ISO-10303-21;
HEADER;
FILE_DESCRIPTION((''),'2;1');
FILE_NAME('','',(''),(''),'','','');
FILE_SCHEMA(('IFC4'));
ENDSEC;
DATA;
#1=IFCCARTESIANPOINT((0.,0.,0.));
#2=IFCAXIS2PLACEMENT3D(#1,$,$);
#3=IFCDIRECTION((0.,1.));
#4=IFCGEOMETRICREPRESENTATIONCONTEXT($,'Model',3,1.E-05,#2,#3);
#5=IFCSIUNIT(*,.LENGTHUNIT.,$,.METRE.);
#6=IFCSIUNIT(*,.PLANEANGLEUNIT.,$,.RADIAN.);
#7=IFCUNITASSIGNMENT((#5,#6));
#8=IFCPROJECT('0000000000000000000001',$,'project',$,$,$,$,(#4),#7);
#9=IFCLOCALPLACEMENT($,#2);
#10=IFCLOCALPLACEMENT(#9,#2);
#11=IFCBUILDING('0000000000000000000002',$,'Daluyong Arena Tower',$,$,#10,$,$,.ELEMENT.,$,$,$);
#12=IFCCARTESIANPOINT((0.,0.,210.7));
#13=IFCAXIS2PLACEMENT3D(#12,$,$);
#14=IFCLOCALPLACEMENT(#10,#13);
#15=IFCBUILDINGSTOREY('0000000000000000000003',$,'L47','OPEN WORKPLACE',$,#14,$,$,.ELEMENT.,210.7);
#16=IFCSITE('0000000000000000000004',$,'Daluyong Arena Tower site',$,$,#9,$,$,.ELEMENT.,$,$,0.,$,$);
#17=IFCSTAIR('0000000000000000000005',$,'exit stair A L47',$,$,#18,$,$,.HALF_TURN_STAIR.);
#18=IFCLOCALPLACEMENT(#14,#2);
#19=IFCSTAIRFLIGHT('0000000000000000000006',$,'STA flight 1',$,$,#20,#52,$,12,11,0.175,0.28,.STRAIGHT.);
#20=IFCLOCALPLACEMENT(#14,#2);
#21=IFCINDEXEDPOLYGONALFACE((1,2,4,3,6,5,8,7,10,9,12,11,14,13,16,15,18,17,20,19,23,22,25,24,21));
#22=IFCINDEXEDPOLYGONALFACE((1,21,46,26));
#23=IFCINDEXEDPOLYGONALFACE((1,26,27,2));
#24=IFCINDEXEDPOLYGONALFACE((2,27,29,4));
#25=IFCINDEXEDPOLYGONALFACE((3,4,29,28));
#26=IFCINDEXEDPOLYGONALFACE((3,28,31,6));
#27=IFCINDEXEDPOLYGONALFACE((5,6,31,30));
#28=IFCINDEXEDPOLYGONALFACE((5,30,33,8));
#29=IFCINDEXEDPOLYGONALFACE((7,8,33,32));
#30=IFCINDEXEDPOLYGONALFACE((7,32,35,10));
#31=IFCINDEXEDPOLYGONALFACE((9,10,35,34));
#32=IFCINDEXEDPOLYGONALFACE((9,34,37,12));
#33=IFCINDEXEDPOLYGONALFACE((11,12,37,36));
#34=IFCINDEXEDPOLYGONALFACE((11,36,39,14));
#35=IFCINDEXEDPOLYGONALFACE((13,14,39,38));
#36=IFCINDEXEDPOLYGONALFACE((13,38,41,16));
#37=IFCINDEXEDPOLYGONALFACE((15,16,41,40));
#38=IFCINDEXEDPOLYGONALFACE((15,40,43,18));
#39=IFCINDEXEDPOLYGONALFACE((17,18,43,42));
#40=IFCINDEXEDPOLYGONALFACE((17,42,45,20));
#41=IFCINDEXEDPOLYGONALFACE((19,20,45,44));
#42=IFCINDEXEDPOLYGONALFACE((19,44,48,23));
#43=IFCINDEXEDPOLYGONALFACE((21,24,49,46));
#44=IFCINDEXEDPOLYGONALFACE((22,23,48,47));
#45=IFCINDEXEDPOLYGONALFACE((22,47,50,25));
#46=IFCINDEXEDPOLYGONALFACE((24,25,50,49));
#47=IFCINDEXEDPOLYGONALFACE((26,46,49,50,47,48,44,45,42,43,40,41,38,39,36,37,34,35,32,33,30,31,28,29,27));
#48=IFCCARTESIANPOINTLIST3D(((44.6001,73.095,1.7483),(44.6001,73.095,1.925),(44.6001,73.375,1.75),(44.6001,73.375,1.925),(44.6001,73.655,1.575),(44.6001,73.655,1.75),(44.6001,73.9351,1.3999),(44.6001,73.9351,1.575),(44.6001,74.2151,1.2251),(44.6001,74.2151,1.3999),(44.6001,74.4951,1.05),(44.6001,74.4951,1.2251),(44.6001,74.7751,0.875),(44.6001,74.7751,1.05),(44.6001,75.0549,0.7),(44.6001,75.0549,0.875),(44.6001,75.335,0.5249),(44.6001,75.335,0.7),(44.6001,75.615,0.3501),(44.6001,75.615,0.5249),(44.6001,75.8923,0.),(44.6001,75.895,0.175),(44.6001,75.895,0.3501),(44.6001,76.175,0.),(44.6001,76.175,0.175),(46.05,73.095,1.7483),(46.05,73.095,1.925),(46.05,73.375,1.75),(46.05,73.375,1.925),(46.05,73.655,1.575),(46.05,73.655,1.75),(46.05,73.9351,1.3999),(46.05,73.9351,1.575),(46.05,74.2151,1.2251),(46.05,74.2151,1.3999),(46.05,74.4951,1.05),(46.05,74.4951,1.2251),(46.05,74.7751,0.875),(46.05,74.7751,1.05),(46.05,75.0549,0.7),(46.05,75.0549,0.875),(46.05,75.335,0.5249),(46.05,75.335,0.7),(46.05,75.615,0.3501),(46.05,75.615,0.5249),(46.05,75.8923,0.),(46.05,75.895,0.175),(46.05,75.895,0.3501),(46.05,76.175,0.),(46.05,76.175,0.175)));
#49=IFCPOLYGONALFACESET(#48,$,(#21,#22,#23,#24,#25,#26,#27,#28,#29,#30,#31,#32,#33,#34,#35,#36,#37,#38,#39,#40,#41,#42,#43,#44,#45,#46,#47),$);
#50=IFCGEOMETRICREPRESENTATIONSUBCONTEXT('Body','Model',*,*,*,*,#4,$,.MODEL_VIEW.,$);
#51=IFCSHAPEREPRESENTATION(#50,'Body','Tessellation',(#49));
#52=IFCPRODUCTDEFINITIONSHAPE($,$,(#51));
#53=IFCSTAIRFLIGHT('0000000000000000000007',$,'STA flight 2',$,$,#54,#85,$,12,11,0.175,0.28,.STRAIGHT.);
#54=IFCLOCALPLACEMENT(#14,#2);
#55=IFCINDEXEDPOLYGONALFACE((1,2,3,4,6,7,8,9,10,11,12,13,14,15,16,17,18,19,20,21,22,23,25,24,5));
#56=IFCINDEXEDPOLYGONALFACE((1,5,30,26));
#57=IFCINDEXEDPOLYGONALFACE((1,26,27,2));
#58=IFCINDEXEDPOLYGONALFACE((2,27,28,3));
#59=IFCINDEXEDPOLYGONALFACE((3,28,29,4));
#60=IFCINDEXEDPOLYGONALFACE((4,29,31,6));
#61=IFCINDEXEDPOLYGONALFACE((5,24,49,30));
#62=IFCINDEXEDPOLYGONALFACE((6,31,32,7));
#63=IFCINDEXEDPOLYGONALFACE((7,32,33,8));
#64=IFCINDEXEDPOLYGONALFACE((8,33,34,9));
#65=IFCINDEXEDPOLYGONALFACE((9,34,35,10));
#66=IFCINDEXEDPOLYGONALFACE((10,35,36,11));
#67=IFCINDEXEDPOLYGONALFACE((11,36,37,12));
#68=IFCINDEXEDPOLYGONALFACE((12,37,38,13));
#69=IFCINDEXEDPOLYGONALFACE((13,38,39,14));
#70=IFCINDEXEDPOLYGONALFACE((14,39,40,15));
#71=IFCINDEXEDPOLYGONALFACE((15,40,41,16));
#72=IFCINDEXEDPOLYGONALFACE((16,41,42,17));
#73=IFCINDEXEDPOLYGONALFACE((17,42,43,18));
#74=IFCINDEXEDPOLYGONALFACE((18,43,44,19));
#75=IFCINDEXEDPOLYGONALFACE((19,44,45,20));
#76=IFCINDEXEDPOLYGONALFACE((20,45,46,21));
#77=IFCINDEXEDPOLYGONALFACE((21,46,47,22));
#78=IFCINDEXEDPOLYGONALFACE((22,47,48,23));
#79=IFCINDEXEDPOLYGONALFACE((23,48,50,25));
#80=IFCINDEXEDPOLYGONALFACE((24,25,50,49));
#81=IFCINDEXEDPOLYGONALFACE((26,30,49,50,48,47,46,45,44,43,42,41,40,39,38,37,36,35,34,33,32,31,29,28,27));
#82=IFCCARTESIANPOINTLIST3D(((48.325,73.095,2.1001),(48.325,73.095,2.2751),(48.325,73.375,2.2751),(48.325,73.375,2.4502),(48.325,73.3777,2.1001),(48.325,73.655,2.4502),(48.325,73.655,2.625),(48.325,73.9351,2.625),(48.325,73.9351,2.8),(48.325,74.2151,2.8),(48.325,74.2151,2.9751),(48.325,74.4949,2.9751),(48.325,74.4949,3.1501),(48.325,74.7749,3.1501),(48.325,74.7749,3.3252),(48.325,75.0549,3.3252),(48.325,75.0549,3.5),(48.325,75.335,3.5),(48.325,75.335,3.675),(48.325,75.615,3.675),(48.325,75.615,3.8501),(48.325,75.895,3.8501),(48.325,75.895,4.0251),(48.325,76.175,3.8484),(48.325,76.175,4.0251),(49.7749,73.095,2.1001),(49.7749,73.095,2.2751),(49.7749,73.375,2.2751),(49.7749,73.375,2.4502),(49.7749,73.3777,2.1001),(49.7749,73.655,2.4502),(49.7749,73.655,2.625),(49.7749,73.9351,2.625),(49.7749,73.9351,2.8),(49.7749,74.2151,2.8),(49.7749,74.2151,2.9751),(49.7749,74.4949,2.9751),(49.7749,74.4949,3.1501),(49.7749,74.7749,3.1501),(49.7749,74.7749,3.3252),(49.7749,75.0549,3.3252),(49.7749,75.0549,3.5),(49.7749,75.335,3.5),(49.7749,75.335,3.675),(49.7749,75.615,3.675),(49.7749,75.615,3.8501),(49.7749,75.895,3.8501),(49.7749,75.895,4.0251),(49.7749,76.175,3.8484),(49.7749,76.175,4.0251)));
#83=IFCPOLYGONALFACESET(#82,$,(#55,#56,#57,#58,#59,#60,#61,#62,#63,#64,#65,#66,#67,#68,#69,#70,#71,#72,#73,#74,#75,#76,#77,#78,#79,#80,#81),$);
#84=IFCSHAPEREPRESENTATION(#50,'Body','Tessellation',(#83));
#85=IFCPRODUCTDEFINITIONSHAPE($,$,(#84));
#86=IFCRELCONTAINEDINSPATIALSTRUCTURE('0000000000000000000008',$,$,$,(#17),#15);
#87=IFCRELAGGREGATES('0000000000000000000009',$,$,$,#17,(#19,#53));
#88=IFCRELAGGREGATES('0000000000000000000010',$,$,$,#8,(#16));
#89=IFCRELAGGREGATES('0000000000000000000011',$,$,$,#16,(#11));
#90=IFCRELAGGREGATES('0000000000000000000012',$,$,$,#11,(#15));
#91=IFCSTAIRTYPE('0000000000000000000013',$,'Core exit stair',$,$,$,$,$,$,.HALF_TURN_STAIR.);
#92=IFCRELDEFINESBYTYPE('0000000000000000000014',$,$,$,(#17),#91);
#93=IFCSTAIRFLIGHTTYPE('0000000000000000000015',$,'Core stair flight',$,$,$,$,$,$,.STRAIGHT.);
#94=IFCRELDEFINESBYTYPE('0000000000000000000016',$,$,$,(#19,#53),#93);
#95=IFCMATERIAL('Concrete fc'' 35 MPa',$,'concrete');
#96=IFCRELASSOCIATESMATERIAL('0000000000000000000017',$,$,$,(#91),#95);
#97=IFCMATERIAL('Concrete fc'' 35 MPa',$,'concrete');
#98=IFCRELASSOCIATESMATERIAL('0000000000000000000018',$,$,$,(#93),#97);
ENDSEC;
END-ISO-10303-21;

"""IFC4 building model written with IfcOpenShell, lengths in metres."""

from ifc_helpers import new_model, si_unit, direction, frame, origin, place, context, subcontext, project, spatial, polyline, outline, extrude, material, type_object, element, aggregate, save


model = new_model("IFC4")

# Units and contexts
model_context = context("Model", 3, precision=1e-05, world=origin(), true_north=direction((0.0, 1.0)))
body_context = subcontext(model_context, "Body", "Model", "MODEL_VIEW")
ifc_project = project(units=[si_unit("LENGTHUNIT", "METRE"), si_unit("PLANEANGLEUNIT", "RADIAN")], contexts=[model_context])

# Site, building, storey
site_placement = place(None, origin())
site = spatial("IfcSite", under=ifc_project, at=site_placement, Name="Daluyong Arena Tower site", CompositionType="ELEMENT", RefElevation=0.0)
building_placement = place(site_placement, origin())
building = spatial("IfcBuilding", under=site, at=building_placement, Name="Daluyong Arena Tower", CompositionType="ELEMENT")
storey_placement = place(building_placement, frame((0.0, 0.0, 210.7)))
storey = spatial("IfcBuildingStorey", under=building, at=storey_placement, Name="L47", Description="OPEN WORKPLACE", CompositionType="ELEMENT", Elevation=210.7)

# Stair, stair flights
ifc_material_1 = material(Name="Concrete fc' 35 MPa", Category="concrete")
stair_type = type_object("IfcStairType", Name="Core exit stair", PredefinedType="HALF_TURN_STAIR", material=ifc_material_1)
stair_placement = place(storey_placement, origin())
stair = element("IfcStair", 1, at=stair_placement, inside=storey, type_object=stair_type, Name="exit stair A L47", PredefinedType="HALF_TURN_STAIR")
ifc_material_2 = material(Name="Concrete fc' 35 MPa", Category="concrete")
stair_flight_type = type_object("IfcStairFlightType", Name="Core stair flight", PredefinedType="STRAIGHT", material=ifc_material_2)
stair_flight_1_placement = place(storey_placement, frame((45.325, 76.175, 0.0), z_axis=(0.0, 0.0, 1.0), x_axis=(0.0, -1.0, 0.0)))
stair_flight_1 = element("IfcStairFlight", 2, at=stair_flight_1_placement, type_object=stair_flight_type, Name="STA flight 1", NumberOfRisers=12, NumberOfTreads=11, PredefinedType="STRAIGHT", RiserHeight=0.175, TreadLength=0.28, context=body_context, shape_type="SweptSolid", body=[
    extrude(outline(polyline([(0.0, 0.0), (0.0, 0.175), (0.28, 0.175), (0.28, 0.3501), (0.5601, 0.3501), (0.5601, 0.5249), (0.8401, 0.5249), (0.8401, 0.7), (1.1201, 0.7), (1.1201, 0.875), (1.3999, 0.875), (1.3999, 1.05), (1.6799, 1.05), (1.6799, 1.2251), (1.96, 1.2251), (1.96, 1.3999), (2.24, 1.3999), (2.24, 1.575), (2.52, 1.575), (2.52, 1.75), (2.8, 1.75), (2.8, 1.925), (3.0801, 1.925), (3.0801, 2.1001), (3.0801, 1.7483), (0.2827, 0.0), (0.0, 0.0)])), frame((0.0, 0.7251, 0.0), z_axis=(0.0, -1.0, 0.0), x_axis=(1.0, 0.0, 0.0)), (0.0, 0.0, 1.0), 1.45),
])
stair_flight_2_placement = place(storey_placement, frame((49.05, 73.095, 2.1001), z_axis=(0.0, 0.0, 1.0), x_axis=(0.0, 1.0, 0.0)))
stair_flight_2 = element("IfcStairFlight", 3, at=stair_flight_2_placement, type_object=stair_flight_type, Name="STA flight 2", NumberOfRisers=12, NumberOfTreads=11, PredefinedType="STRAIGHT", RiserHeight=0.175, TreadLength=0.28, context=body_context, shape_type="SweptSolid", body=[
    extrude(outline(polyline([(0.0, 0.0), (0.0, 0.175), (0.28, 0.175), (0.28, 0.3501), (0.5601, 0.3501), (0.5601, 0.5249), (0.8401, 0.5249), (0.8401, 0.7), (1.1201, 0.7), (1.1201, 0.875), (1.3999, 0.875), (1.3999, 1.05), (1.6799, 1.05), (1.6799, 1.2251), (1.96, 1.2251), (1.96, 1.3999), (2.24, 1.3999), (2.24, 1.575), (2.52, 1.575), (2.52, 1.75), (2.8, 1.75), (2.8, 1.925), (3.0801, 1.925), (3.0801, 2.1001), (3.0801, 1.7483), (0.2827, 0.0), (0.0, 0.0)])), frame((0.0, 0.7251, 0.0), z_axis=(0.0, -1.0, 0.0), x_axis=(1.0, 0.0, 0.0)), (0.0, 0.0, 1.0), 1.45),
])
aggregate(stair, [stair_flight_1, stair_flight_2])

save(model, "model.ifc")
